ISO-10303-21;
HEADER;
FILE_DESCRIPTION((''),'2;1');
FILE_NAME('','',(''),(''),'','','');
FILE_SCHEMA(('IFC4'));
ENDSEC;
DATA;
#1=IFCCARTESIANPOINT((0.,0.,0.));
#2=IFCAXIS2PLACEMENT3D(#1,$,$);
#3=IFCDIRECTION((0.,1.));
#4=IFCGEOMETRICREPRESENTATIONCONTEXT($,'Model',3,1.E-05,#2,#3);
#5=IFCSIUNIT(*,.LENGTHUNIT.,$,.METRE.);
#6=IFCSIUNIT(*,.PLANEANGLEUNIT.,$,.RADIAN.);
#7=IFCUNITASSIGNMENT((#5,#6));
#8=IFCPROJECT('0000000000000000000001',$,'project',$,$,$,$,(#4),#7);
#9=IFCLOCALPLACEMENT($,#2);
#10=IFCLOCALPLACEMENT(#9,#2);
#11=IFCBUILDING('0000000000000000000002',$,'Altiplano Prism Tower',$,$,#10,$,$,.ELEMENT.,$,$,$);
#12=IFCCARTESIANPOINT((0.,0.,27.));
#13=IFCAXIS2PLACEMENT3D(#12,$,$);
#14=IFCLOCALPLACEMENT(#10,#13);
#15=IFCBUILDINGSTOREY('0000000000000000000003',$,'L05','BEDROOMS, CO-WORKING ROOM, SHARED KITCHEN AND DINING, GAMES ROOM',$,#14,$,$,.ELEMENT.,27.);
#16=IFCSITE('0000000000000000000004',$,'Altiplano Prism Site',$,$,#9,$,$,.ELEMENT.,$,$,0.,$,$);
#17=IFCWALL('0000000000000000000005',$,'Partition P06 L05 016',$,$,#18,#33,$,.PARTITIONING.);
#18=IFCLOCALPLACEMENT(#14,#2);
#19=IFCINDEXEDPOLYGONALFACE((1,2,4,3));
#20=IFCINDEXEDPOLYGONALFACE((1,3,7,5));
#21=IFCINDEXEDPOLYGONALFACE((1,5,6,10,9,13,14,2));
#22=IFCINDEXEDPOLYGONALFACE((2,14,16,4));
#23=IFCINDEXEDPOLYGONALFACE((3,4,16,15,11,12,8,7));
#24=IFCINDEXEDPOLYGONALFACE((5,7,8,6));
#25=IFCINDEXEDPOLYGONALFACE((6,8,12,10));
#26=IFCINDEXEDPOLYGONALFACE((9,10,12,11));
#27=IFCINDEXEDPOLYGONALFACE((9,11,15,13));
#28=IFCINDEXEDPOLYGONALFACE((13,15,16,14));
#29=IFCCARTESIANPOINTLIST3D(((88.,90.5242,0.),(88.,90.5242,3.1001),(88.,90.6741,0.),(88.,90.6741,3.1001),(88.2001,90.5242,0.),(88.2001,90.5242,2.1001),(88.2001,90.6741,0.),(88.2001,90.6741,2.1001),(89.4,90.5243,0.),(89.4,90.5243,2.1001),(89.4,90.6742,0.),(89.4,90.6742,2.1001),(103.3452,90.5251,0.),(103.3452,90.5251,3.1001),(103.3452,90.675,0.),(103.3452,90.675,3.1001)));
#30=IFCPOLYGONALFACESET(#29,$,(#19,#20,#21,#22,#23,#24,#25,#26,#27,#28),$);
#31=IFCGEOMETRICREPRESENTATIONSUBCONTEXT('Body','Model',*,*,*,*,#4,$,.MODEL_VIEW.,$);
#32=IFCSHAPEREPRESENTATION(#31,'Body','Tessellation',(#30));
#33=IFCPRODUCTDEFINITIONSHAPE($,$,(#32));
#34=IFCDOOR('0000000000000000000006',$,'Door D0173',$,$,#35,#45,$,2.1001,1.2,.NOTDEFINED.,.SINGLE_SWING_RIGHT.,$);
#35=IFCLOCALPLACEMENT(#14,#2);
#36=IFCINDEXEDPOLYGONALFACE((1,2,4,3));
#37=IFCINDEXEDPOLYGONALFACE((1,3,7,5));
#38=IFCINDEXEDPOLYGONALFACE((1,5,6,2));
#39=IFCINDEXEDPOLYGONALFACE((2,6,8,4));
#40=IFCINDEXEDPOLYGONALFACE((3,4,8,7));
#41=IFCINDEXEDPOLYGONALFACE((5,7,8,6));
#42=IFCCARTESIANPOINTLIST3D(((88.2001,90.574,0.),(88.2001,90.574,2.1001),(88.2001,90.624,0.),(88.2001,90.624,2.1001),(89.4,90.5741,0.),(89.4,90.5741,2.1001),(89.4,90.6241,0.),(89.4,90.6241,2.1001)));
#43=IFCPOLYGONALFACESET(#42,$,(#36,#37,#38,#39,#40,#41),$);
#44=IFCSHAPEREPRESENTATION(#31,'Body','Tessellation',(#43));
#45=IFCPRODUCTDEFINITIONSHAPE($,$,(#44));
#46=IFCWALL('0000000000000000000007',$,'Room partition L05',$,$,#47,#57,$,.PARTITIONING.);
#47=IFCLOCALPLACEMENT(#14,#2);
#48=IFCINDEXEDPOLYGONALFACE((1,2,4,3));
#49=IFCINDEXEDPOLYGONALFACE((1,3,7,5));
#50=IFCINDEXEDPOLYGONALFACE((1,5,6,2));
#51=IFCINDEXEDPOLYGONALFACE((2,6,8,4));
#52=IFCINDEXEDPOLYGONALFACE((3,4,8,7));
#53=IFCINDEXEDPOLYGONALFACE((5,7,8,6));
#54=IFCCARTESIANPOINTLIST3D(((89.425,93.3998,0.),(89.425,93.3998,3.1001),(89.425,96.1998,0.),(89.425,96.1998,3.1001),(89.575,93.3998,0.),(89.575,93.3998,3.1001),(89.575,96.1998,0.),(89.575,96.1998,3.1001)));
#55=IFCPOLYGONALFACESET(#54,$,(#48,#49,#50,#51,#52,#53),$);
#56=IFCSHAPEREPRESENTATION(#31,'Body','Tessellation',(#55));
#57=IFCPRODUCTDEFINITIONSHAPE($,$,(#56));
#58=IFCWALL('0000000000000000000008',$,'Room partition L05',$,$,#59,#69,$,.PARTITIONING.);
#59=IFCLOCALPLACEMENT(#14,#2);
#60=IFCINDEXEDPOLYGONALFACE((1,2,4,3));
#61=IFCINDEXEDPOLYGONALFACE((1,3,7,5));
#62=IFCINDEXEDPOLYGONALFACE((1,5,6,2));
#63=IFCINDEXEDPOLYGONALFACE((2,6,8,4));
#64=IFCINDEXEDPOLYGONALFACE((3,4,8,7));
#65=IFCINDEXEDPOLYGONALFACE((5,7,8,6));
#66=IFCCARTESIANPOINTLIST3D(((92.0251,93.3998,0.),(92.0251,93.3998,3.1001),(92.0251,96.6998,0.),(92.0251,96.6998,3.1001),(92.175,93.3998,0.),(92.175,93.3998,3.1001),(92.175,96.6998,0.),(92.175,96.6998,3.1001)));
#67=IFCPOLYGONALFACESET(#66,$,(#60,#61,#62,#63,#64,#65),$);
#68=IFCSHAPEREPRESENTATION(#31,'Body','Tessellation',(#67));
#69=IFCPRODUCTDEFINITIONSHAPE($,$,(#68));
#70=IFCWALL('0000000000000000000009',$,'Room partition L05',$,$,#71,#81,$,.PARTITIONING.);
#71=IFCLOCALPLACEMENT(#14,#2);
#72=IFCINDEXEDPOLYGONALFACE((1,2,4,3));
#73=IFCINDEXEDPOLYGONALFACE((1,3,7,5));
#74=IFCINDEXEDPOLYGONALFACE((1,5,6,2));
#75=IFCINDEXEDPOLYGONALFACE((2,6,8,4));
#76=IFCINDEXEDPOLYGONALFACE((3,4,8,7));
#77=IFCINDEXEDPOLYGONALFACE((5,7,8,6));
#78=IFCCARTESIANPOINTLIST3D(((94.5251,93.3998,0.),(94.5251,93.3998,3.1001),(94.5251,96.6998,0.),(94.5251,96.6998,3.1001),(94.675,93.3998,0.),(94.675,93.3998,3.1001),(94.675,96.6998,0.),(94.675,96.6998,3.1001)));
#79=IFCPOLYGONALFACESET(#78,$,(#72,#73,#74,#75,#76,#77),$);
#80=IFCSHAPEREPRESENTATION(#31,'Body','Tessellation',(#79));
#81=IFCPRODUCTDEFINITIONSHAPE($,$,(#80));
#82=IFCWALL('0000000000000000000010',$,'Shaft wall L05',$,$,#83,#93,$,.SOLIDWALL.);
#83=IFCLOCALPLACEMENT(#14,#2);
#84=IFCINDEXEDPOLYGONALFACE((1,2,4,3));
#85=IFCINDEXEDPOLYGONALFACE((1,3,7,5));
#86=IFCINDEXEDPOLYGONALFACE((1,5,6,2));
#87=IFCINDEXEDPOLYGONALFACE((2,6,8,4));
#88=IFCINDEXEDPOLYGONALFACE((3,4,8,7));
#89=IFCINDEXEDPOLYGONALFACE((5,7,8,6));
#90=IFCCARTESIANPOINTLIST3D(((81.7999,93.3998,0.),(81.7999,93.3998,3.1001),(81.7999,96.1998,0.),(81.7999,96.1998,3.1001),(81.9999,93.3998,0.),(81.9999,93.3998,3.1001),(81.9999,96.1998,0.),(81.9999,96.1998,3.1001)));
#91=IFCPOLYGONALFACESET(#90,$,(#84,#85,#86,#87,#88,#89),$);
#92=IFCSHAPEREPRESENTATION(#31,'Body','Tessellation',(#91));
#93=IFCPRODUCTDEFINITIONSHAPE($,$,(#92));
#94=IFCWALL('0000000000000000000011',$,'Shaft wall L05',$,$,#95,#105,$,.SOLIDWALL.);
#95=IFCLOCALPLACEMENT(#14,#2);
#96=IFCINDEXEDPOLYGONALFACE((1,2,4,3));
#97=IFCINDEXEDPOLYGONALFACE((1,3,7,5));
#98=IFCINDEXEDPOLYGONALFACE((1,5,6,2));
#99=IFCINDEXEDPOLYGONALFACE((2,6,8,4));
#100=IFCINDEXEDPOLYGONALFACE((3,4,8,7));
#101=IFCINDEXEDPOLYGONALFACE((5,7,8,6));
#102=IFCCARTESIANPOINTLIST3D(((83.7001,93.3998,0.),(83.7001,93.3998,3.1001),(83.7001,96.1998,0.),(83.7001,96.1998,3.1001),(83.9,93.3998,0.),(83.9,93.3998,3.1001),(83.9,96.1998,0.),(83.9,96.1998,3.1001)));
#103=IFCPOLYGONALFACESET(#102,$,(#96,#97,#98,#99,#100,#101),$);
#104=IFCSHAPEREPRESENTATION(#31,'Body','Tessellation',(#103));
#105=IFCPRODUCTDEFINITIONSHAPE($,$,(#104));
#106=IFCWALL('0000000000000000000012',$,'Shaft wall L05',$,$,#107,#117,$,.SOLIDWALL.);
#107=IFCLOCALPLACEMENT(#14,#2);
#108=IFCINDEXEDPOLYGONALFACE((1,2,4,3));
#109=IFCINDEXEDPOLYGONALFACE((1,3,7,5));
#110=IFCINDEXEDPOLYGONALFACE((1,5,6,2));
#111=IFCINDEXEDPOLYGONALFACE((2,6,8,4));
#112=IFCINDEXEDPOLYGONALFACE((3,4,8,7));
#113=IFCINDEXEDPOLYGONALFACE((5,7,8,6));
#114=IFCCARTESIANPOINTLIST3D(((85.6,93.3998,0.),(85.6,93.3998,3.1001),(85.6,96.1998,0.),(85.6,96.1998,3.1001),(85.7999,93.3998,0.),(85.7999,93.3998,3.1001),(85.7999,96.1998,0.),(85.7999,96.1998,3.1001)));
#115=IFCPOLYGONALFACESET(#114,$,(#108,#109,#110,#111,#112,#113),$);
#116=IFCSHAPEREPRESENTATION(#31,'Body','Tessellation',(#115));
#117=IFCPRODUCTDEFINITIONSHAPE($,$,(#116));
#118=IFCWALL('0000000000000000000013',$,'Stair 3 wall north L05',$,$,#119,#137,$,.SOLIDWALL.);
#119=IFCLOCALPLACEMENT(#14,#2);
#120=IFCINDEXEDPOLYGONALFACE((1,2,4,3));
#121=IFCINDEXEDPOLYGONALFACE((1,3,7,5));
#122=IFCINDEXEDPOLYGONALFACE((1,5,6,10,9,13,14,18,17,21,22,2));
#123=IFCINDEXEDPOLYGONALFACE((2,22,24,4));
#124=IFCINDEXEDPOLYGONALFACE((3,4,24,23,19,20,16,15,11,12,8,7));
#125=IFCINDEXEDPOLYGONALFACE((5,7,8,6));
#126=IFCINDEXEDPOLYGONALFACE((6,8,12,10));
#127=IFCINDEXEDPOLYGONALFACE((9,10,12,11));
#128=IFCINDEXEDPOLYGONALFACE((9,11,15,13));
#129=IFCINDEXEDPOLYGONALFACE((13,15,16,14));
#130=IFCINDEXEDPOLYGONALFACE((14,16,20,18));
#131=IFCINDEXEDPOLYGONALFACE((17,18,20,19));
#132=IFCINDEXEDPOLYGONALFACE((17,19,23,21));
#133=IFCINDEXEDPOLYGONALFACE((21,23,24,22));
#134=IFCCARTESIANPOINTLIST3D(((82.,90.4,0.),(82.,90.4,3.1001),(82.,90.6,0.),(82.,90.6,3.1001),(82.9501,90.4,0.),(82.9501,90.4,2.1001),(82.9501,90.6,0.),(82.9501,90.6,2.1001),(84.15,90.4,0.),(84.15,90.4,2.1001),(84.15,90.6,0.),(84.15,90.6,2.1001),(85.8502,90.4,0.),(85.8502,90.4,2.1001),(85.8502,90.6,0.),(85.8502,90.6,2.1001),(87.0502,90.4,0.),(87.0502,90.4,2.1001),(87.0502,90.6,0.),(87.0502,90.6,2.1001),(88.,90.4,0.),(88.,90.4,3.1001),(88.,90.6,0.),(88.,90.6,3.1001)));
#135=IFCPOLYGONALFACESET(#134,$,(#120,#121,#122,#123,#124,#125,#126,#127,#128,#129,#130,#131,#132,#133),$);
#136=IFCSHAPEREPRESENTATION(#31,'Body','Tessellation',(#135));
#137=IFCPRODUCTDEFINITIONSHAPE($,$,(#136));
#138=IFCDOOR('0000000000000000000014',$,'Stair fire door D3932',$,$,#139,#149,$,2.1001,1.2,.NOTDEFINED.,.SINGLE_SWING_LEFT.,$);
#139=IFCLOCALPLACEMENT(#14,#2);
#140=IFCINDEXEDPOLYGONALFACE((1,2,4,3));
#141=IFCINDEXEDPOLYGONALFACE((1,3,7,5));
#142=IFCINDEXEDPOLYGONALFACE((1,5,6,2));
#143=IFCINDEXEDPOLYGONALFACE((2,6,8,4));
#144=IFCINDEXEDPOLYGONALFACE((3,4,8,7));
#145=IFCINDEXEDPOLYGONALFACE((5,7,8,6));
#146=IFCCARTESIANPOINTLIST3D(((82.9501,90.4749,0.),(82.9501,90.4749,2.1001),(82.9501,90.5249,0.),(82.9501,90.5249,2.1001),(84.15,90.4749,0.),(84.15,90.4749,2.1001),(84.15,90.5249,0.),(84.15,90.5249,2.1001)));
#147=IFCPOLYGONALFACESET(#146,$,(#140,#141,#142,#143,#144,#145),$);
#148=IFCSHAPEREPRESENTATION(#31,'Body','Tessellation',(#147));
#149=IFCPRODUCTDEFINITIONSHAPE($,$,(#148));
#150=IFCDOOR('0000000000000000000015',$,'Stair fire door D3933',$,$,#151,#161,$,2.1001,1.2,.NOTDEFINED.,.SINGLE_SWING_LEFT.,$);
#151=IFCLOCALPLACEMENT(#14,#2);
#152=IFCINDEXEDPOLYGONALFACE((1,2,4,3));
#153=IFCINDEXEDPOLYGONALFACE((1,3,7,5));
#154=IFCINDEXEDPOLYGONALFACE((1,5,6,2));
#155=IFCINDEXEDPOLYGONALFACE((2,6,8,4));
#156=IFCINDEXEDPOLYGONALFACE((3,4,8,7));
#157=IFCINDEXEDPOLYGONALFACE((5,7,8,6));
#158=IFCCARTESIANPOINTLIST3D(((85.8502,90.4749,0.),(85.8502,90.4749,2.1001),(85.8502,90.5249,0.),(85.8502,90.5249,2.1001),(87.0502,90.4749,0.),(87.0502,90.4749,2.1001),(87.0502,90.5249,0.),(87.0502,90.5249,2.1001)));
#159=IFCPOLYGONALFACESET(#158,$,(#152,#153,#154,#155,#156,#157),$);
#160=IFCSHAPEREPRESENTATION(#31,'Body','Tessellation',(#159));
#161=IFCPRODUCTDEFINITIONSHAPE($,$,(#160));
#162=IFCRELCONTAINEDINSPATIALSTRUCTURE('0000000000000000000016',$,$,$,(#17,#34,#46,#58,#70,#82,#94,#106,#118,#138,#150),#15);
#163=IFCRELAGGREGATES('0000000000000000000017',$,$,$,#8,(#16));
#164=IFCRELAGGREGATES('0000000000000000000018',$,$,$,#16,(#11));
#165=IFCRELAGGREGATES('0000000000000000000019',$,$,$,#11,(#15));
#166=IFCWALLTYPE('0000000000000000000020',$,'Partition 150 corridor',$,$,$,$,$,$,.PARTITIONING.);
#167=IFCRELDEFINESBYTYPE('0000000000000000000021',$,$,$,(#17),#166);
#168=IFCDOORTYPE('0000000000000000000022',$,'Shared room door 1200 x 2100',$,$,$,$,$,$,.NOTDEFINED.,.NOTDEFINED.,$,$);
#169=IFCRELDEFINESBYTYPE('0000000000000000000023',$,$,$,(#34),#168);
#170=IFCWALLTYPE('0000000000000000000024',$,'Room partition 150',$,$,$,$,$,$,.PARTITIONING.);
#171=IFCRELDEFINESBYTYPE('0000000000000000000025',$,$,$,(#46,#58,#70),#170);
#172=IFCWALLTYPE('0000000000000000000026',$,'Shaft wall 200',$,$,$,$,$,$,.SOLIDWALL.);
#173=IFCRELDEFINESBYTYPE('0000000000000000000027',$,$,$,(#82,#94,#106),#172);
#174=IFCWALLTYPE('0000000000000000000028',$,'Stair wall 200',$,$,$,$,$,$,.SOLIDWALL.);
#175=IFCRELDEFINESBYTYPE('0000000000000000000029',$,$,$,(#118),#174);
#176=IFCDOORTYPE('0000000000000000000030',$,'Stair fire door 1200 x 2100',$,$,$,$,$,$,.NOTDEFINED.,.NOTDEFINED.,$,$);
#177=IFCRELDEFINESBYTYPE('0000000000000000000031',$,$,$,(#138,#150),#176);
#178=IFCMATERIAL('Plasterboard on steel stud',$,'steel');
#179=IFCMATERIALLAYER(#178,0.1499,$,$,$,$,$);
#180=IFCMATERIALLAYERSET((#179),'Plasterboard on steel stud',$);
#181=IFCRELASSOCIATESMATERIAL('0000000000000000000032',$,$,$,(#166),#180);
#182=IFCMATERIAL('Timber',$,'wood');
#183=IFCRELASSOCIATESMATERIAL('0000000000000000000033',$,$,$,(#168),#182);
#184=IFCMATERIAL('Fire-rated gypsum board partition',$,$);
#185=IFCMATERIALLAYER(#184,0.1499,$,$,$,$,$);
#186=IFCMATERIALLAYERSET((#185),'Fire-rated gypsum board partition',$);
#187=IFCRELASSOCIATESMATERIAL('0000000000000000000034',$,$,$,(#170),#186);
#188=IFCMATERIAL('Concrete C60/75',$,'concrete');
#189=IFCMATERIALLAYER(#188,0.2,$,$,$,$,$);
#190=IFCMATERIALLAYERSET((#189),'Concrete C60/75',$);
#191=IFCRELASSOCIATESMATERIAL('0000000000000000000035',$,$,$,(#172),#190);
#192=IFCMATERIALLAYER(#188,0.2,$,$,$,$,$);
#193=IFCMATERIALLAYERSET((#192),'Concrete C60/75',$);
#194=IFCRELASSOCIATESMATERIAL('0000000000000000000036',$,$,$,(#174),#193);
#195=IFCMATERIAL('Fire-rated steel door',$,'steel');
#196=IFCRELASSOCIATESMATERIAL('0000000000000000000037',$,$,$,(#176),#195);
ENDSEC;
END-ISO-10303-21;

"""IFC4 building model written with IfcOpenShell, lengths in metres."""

from ifc_helpers import new_model, si_unit, direction, frame, frame_2d, origin, place, context, subcontext, project, spatial, rectangle, extrude, material, layer, layer_set, type_object, element, fill, save


model = new_model("IFC4")

# Units and contexts
model_context = context("Model", 3, precision=1e-05, world=origin(), true_north=direction((0.0, 1.0)))
body_context = subcontext(model_context, "Body", "Model", "MODEL_VIEW")
ifc_project = project(units=[si_unit("LENGTHUNIT", "METRE"), si_unit("PLANEANGLEUNIT", "RADIAN")], contexts=[model_context])

# Site, building, storey
site_placement = place(None, origin())
site = spatial("IfcSite", under=ifc_project, at=site_placement, Name="Altiplano Prism Site", CompositionType="ELEMENT", RefElevation=0.0)
building_placement = place(site_placement, origin())
building = spatial("IfcBuilding", under=site, at=building_placement, Name="Altiplano Prism Tower", CompositionType="ELEMENT")
storey_placement = place(building_placement, frame((0.0, 0.0, 27.0)))
storey = spatial("IfcBuildingStorey", under=building, at=storey_placement, Name="L05", Description="BEDROOMS, CO-WORKING ROOM, SHARED KITCHEN AND DINING, GAMES ROOM", CompositionType="ELEMENT", Elevation=27.0)

# Wall, opening, door
ifc_material_1 = material(Name="Plasterboard on steel stud", Category="steel")
ifc_layer_1 = layer(ifc_material_1, 0.1499)
ifc_layer_set_1 = layer_set([ifc_layer_1], Name="Plasterboard on steel stud")
wall_type_1 = type_object("IfcWallType", Name="Partition 150 corridor", PredefinedType="PARTITIONING", material=ifc_layer_set_1)
wall_1_placement = place(storey_placement, frame((88.0, 90.5991, 0.0), z_axis=(0.0, 0.0, 1.0), x_axis=(1.0, 0.000064, 0.0)))
wall_1 = element("IfcWall", 1, at=wall_1_placement, inside=storey, type_object=wall_type_1, Name="Partition P06 L05 016", PredefinedType="PARTITIONING", context=body_context, shape_type="SweptSolid", body=[
    extrude(rectangle(XDim=15.3452, YDim=0.1499, at=frame_2d((7.6726, 0.0))), origin(), (0.0, 0.0, 1.0), 3.1001),
])
opening_1_placement = place(wall_1_placement, frame((0.2, 0.0, 0.0)))
opening_1 = element("IfcOpeningElement", 2, at=opening_1_placement, cuts=wall_1, PredefinedType="OPENING", context=body_context, shape_type="SweptSolid", body=[
    extrude(rectangle(XDim=1.2, YDim=2.1001, at=frame_2d((0.6001, 1.05))), frame((0.0, 0.0854, 0.0), z_axis=(0.0, -1.0, 0.0), x_axis=(1.0, 0.0, 0.0)), (0.0, 0.0, 1.0), 0.1709),
])
ifc_material_2 = material(Name="Timber", Category="wood")
door_type_1 = type_object("IfcDoorType", Name="Shared room door 1200 x 2100", OperationType="NOTDEFINED", PredefinedType="NOTDEFINED", material=ifc_material_2)
door_1_placement = place(opening_1_placement, origin())
door_1 = element("IfcDoor", 3, at=door_1_placement, inside=storey, type_object=door_type_1, Name="Door D0173", OperationType="SINGLE_SWING_RIGHT", OverallHeight=2.1001, OverallWidth=1.2, PredefinedType="NOTDEFINED", context=body_context, shape_type="SweptSolid", body=[
    extrude(rectangle(XDim=1.2, YDim=2.1001, at=frame_2d((0.6001, 1.05))), frame((0.0, 0.0249, 0.0), z_axis=(0.0, -1.0, 0.0), x_axis=(1.0, 0.0, 0.0)), (0.0, 0.0, 1.0), 0.05),
])
fill(opening_1, door_1)

# Walls
ifc_material_3 = material(Name="Fire-rated gypsum board partition")
ifc_layer_2 = layer(ifc_material_3, 0.1499)
ifc_layer_set_2 = layer_set([ifc_layer_2], Name="Fire-rated gypsum board partition")
wall_type_2 = type_object("IfcWallType", Name="Room partition 150", PredefinedType="PARTITIONING", material=ifc_layer_set_2)
wall_2_placement = place(storey_placement, frame((89.5, 93.3999, 0.0), z_axis=(0.0, 0.0, 1.0), x_axis=(0.0, 1.0, 0.0)))
element("IfcWall", 4, at=wall_2_placement, inside=storey, type_object=wall_type_2, Name="Room partition L05", PredefinedType="PARTITIONING", context=body_context, shape_type="SweptSolid", body=[
    extrude(rectangle(XDim=2.8, YDim=0.1499, at=frame_2d((1.3999, 0.0))), origin(), (0.0, 0.0, 1.0), 3.1001),
])
for number, where, z_axis, x_axis, name in (
    (5, (92.1001, 93.3999, 0.0), (0.0, 0.0, 1.0), (0.0, 1.0, 0.0), "Room partition L05"),
    (6, (94.6001, 93.3999, 0.0), (0.0, 0.0, 1.0), (0.0, 1.0, 0.0), "Room partition L05"),
):
    element("IfcWall", number, at=place(storey_placement, frame(where, z_axis=z_axis, x_axis=x_axis)), inside=storey, type_object=wall_type_2, Name=name, PredefinedType="PARTITIONING", context=body_context, shape_type="SweptSolid", body=[
        extrude(rectangle(XDim=3.3, YDim=0.1499, at=frame_2d((1.6499, 0.0))), origin(), (0.0, 0.0, 1.0), 3.1001),
    ])
ifc_material_4 = material(Name="Concrete C60/75", Category="concrete")
ifc_layer_3 = layer(ifc_material_4, 0.2)
ifc_layer_set_3 = layer_set([ifc_layer_3], Name="Concrete C60/75")
wall_type_3 = type_object("IfcWallType", Name="Shaft wall 200", PredefinedType="SOLIDWALL", material=ifc_layer_set_3)
for number, where, z_axis, x_axis, name in (
    (7, (81.8999, 93.3999, 0.0), (0.0, 0.0, 1.0), (0.0, 1.0, 0.0), "Shaft wall L05"),
    (8, (83.8, 93.3999, 0.0), (0.0, 0.0, 1.0), (0.0, 1.0, 0.0), "Shaft wall L05"),
    (9, (85.7, 93.3999, 0.0), (0.0, 0.0, 1.0), (0.0, 1.0, 0.0), "Shaft wall L05"),
):
    element("IfcWall", number, at=place(storey_placement, frame(where, z_axis=z_axis, x_axis=x_axis)), inside=storey, type_object=wall_type_3, Name=name, PredefinedType="SOLIDWALL", context=body_context, shape_type="SweptSolid", body=[
        extrude(rectangle(XDim=2.8, YDim=0.2, at=frame_2d((1.3999, 0.0))), origin(), (0.0, 0.0, 1.0), 3.1001),
    ])

# Wall, openings, doors
ifc_layer_4 = layer(ifc_material_4, 0.2)
ifc_layer_set_4 = layer_set([ifc_layer_4], Name="Concrete C60/75")
wall_type_4 = type_object("IfcWallType", Name="Stair wall 200", PredefinedType="SOLIDWALL", material=ifc_layer_set_4)
wall_3_placement = place(storey_placement, frame((82.0, 90.5, 0.0), z_axis=(0.0, 0.0, 1.0), x_axis=(1.0, 0.0, 0.0)))
wall_3 = element("IfcWall", 10, at=wall_3_placement, inside=storey, type_object=wall_type_4, Name="Stair 3 wall north L05", PredefinedType="SOLIDWALL", context=body_context, shape_type="SweptSolid", body=[
    extrude(rectangle(XDim=6.0, YDim=0.2, at=frame_2d((3.0, 0.0))), origin(), (0.0, 0.0, 1.0), 3.1001),
])
opening_2_placement = place(wall_3_placement, frame((0.95, 0.0, 0.0)))
opening_2 = element("IfcOpeningElement", 11, at=opening_2_placement, cuts=wall_3, PredefinedType="OPENING", context=body_context, shape_type="SweptSolid", body=[
    extrude(rectangle(XDim=1.2, YDim=2.1001, at=frame_2d((0.6001, 1.05))), frame((0.0, 0.1104, 0.0), z_axis=(0.0, -1.0, 0.0), x_axis=(1.0, 0.0, 0.0)), (0.0, 0.0, 1.0), 0.2209),
])
opening_3_placement = place(wall_3_placement, frame((3.8501, 0.0, 0.0)))
opening_3 = element("IfcOpeningElement", 12, at=opening_3_placement, cuts=wall_3, PredefinedType="OPENING", context=body_context, shape_type="SweptSolid", body=[
    extrude(rectangle(XDim=1.2, YDim=2.1001, at=frame_2d((0.6001, 1.05))), frame((0.0, 0.1104, 0.0), z_axis=(0.0, -1.0, 0.0), x_axis=(1.0, 0.0, 0.0)), (0.0, 0.0, 1.0), 0.2209),
])
ifc_material_5 = material(Name="Fire-rated steel door", Category="steel")
door_type_2 = type_object("IfcDoorType", Name="Stair fire door 1200 x 2100", OperationType="NOTDEFINED", PredefinedType="NOTDEFINED", material=ifc_material_5)
door_2_placement = place(opening_2_placement, origin())
door_2 = element("IfcDoor", 13, at=door_2_placement, inside=storey, type_object=door_type_2, Name="Stair fire door D3932", OperationType="SINGLE_SWING_LEFT", OverallHeight=2.1001, OverallWidth=1.2, PredefinedType="NOTDEFINED", context=body_context, shape_type="SweptSolid", body=[
    extrude(rectangle(XDim=1.2, YDim=2.1001, at=frame_2d((0.6001, 1.05))), frame((0.0, 0.0249, 0.0), z_axis=(0.0, -1.0, 0.0), x_axis=(1.0, 0.0, 0.0)), (0.0, 0.0, 1.0), 0.05),
])
fill(opening_2, door_2)
door_3_placement = place(opening_3_placement, origin())
door_3 = element("IfcDoor", 14, at=door_3_placement, inside=storey, type_object=door_type_2, Name="Stair fire door D3933", OperationType="SINGLE_SWING_LEFT", OverallHeight=2.1001, OverallWidth=1.2, PredefinedType="NOTDEFINED", context=body_context, shape_type="SweptSolid", body=[
    extrude(rectangle(XDim=1.2, YDim=2.1001, at=frame_2d((0.6001, 1.05))), frame((0.0, 0.0249, 0.0), z_axis=(0.0, -1.0, 0.0), x_axis=(1.0, 0.0, 0.0)), (0.0, 0.0, 1.0), 0.05),
])
fill(opening_3, door_3)

save(model, "model.ifc")
